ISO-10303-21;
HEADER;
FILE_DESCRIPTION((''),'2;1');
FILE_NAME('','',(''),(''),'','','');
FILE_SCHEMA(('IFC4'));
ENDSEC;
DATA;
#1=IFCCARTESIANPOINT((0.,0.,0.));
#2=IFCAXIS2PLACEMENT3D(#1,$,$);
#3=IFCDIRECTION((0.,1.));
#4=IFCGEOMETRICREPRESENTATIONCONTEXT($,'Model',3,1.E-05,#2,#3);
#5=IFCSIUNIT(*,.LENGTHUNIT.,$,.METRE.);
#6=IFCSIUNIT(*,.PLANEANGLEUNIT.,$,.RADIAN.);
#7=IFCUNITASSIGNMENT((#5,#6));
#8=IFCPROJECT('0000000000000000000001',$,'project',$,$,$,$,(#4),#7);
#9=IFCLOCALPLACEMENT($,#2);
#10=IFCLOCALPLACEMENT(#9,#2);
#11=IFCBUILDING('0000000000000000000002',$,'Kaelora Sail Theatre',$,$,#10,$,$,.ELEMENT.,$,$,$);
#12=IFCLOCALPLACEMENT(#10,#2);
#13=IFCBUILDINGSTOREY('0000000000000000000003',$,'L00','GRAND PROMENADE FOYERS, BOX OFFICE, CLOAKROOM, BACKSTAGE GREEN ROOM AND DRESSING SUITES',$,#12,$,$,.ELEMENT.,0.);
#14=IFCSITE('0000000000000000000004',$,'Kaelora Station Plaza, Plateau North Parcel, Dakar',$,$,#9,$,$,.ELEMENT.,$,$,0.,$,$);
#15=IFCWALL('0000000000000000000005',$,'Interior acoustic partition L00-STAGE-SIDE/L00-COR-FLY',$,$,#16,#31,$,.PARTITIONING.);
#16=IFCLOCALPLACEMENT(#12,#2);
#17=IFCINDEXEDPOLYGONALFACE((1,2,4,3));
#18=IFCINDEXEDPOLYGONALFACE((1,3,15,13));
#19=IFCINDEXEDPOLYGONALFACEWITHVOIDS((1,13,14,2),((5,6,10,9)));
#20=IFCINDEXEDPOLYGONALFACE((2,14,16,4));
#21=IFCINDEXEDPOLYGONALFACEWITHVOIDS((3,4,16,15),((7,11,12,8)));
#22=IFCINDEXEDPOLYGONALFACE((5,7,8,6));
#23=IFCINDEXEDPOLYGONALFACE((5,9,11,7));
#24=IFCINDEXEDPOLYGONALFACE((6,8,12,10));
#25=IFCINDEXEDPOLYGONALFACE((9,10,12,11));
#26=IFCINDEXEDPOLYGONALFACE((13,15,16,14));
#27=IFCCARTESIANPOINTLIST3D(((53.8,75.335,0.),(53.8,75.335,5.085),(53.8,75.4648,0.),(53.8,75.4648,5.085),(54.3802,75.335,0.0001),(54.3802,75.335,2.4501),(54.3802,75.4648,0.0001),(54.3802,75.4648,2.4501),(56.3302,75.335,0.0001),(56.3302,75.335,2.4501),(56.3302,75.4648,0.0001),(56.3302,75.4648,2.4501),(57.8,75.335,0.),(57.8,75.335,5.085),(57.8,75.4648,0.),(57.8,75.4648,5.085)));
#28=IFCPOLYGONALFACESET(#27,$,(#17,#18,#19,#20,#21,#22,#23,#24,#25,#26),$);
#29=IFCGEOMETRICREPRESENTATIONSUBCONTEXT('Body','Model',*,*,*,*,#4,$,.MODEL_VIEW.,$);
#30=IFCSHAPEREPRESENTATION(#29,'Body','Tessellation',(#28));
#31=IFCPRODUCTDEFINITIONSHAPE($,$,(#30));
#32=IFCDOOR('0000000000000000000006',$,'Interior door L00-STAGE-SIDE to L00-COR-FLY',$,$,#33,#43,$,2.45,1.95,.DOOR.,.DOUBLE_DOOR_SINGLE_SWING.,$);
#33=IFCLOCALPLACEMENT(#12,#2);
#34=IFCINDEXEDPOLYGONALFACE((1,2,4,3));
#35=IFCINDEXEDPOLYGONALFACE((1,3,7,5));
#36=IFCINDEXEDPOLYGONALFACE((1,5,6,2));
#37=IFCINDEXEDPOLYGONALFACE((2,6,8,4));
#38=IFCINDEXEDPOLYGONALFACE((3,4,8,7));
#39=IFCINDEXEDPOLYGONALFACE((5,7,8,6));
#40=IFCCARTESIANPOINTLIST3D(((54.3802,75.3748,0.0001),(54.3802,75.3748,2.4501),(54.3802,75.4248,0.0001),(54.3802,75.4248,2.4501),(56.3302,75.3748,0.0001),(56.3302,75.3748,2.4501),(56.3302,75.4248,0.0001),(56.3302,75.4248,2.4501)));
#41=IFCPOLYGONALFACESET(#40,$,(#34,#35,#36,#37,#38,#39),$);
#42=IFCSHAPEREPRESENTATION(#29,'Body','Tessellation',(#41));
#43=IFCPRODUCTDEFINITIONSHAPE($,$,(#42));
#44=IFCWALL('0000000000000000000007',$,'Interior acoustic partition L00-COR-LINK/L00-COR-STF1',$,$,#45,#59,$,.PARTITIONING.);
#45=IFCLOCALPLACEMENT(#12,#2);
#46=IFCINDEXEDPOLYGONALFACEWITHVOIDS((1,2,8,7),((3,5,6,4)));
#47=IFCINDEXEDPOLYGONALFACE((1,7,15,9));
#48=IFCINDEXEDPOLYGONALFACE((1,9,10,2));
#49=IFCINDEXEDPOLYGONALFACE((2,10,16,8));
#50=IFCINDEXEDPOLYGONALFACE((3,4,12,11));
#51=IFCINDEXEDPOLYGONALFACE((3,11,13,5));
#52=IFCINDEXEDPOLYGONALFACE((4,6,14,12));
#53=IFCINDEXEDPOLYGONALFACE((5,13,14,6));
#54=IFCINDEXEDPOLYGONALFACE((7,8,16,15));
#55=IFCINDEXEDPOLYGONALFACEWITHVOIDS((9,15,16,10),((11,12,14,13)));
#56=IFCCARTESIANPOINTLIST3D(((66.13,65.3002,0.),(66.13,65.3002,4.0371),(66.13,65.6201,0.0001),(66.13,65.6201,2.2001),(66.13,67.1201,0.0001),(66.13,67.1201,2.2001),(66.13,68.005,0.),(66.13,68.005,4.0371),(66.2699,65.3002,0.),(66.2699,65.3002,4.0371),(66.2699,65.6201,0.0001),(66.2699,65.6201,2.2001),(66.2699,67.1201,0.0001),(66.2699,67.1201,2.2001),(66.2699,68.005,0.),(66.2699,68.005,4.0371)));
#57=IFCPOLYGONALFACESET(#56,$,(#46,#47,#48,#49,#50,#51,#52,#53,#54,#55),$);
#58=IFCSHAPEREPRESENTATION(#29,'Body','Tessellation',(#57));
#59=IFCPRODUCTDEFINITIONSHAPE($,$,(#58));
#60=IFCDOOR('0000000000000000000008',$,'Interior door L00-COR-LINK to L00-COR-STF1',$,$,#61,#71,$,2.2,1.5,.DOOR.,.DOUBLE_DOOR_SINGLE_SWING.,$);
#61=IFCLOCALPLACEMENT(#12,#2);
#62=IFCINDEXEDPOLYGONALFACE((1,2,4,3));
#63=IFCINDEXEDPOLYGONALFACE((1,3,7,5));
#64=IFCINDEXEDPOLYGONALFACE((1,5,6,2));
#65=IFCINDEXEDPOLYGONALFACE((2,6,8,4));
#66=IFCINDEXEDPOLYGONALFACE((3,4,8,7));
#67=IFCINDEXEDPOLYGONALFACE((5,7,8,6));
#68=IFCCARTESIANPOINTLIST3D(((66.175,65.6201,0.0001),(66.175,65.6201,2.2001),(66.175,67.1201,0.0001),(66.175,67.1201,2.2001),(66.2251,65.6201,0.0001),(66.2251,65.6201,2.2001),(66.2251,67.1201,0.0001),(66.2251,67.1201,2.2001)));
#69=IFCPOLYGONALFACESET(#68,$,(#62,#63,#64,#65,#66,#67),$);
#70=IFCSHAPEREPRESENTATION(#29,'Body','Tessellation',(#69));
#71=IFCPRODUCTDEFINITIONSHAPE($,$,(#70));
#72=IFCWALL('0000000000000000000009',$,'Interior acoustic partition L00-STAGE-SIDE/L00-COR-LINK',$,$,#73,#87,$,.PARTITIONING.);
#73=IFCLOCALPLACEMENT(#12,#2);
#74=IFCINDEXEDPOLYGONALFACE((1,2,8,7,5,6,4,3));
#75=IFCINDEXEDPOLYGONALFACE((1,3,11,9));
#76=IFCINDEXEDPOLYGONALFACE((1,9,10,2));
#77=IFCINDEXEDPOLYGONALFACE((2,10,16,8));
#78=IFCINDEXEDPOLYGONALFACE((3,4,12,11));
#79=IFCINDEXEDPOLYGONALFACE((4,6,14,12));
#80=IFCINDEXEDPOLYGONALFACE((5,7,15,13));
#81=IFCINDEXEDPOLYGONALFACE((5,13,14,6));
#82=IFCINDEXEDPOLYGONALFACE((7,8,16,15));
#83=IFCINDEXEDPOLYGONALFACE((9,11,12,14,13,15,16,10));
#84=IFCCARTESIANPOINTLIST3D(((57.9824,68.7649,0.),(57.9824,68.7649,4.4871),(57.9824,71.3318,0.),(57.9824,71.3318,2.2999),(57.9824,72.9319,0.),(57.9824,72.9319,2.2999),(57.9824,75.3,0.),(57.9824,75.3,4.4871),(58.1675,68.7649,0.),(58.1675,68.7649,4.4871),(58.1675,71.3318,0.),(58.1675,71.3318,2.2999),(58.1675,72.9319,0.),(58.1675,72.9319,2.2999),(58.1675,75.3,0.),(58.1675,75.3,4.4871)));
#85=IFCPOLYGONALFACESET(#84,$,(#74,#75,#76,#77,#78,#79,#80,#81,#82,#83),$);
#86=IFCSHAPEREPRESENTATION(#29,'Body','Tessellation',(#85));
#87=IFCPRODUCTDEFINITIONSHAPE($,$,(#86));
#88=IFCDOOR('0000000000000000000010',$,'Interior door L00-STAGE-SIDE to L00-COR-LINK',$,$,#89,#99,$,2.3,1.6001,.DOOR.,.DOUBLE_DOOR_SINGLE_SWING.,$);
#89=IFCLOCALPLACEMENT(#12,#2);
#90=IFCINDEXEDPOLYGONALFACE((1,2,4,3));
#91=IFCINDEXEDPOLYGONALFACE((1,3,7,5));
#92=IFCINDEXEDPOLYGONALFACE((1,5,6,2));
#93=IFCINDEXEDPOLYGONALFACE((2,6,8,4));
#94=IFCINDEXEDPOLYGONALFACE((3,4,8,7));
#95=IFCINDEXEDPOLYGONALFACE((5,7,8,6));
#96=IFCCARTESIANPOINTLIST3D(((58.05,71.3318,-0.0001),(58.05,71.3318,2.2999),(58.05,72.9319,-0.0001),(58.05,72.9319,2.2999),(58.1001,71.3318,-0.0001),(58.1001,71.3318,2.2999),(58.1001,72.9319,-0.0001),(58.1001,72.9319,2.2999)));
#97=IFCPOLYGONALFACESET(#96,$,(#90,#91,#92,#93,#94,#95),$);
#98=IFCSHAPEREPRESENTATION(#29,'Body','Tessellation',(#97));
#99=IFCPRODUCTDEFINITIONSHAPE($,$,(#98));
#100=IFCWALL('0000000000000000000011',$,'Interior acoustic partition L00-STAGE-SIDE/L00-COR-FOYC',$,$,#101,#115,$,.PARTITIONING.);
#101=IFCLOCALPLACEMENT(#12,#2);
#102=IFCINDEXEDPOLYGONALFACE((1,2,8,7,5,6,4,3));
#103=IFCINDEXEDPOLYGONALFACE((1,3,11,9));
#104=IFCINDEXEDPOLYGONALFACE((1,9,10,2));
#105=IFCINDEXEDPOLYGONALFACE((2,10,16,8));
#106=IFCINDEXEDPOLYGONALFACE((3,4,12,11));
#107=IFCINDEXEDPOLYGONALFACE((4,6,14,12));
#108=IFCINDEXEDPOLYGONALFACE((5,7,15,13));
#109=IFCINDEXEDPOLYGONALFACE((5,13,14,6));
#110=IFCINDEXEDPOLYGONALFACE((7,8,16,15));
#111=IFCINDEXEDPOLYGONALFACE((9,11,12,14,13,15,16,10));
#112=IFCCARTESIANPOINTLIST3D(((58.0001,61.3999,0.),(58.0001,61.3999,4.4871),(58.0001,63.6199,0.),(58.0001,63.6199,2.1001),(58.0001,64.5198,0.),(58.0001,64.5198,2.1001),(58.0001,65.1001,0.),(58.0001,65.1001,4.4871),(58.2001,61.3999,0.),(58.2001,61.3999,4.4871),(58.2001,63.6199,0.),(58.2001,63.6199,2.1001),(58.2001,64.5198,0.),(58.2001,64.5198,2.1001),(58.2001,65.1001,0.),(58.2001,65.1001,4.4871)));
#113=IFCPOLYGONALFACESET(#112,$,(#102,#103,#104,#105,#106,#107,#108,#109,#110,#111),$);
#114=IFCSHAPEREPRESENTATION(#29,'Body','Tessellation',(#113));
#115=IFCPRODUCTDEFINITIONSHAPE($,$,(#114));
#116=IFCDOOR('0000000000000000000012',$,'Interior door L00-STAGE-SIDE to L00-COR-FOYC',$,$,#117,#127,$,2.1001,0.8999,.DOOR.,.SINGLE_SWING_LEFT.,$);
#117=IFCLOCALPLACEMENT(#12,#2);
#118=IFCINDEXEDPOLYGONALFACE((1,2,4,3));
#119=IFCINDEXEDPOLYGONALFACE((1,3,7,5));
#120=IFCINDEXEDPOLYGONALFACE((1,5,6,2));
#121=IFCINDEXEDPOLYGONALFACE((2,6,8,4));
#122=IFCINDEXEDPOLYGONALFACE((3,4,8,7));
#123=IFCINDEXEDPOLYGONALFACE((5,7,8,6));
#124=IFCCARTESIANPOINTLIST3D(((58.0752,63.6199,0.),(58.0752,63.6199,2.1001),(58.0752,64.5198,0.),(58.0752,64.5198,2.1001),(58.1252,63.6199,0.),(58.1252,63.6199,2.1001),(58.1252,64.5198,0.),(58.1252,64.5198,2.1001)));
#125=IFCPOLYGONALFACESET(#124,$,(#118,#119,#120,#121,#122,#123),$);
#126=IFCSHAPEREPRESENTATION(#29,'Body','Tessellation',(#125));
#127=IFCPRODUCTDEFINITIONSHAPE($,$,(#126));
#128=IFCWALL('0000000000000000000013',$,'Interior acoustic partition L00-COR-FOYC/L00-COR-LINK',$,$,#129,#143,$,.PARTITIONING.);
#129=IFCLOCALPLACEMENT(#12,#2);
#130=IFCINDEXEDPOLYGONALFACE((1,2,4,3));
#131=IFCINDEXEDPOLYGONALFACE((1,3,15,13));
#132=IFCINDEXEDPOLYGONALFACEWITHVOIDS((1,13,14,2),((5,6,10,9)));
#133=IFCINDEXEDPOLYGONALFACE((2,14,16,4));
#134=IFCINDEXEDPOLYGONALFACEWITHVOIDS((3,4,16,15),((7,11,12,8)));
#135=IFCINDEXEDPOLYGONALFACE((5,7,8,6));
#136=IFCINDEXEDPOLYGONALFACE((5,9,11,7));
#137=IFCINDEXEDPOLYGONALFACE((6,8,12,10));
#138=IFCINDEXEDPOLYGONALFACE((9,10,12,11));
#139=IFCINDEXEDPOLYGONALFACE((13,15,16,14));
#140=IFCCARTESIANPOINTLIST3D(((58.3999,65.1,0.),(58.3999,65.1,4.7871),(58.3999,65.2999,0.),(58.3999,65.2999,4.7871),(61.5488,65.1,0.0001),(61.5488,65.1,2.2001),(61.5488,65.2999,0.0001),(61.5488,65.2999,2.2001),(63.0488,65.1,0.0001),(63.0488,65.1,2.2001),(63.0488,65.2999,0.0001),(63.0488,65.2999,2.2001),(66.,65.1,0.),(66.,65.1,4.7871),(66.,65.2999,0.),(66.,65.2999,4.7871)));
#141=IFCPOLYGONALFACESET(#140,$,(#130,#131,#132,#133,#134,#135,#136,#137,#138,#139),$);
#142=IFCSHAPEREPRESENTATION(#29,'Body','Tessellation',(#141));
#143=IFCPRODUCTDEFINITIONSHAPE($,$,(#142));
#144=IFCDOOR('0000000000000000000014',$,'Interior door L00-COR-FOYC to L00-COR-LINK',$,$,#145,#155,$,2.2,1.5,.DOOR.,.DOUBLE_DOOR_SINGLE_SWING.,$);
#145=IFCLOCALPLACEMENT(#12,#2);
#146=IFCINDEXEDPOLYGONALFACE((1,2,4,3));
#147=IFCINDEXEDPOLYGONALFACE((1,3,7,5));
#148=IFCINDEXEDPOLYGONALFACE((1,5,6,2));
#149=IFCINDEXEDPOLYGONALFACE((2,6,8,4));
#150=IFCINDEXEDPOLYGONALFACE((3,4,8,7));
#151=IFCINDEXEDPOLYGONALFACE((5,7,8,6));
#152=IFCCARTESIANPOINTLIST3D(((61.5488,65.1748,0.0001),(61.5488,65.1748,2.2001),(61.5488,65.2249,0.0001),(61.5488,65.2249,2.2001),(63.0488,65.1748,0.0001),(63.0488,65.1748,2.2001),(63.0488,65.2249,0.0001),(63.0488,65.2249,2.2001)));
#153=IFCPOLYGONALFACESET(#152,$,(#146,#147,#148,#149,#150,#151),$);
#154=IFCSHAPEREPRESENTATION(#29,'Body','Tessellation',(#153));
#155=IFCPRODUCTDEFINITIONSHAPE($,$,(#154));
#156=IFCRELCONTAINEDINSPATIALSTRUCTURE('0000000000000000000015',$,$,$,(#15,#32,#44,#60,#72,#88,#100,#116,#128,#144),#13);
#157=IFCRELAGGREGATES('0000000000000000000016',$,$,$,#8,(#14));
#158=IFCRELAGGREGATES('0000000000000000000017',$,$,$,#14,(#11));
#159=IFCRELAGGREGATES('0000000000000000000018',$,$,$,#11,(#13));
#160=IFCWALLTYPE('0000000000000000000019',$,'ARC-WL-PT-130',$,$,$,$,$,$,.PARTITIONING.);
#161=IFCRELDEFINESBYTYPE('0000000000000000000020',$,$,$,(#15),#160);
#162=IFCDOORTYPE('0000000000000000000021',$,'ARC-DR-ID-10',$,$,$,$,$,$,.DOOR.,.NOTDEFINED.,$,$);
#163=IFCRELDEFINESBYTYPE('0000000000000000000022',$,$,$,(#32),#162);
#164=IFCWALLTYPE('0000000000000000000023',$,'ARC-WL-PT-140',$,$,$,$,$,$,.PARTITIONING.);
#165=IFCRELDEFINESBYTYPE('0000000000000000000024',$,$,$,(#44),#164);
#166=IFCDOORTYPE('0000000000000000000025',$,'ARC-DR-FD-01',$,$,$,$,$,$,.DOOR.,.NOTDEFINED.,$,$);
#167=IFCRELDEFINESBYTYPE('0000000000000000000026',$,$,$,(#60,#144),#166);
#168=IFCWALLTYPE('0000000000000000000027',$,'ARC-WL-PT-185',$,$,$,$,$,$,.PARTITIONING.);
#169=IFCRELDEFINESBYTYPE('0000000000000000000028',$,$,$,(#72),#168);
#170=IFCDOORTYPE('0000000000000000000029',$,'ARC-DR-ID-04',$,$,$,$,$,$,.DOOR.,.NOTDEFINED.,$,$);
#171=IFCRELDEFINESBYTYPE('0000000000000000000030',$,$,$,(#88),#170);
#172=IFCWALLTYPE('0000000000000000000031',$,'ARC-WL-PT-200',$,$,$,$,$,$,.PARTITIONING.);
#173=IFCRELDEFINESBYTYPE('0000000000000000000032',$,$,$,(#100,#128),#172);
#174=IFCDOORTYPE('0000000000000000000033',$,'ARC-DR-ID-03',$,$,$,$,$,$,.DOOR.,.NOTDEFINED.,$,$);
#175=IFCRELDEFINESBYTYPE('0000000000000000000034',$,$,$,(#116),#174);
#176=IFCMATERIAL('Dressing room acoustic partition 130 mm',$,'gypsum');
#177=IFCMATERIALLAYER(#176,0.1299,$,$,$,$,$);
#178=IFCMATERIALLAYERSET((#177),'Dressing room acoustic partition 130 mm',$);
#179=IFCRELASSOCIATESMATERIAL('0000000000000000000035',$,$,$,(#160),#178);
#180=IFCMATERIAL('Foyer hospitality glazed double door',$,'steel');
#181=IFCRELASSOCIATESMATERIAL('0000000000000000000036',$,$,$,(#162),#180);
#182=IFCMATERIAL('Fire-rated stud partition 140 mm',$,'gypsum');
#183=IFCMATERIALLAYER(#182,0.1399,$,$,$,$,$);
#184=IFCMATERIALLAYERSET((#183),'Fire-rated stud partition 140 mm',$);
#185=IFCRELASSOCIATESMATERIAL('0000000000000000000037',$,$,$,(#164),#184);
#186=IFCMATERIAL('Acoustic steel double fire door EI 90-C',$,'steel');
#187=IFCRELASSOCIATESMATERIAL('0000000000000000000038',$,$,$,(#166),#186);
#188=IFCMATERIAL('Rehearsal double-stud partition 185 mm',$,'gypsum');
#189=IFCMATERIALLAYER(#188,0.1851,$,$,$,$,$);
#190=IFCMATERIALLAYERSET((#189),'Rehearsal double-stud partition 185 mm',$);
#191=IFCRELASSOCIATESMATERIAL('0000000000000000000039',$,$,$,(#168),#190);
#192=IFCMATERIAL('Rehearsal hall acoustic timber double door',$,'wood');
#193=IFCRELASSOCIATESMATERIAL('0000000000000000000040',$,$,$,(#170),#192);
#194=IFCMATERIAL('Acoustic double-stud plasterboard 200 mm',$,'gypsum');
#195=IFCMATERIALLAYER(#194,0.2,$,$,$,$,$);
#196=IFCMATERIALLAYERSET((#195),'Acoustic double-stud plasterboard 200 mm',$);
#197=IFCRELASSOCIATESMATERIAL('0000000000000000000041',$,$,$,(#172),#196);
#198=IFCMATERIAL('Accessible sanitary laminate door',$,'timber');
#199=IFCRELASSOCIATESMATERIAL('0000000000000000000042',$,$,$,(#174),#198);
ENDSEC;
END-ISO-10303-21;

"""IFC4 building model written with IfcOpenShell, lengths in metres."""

from ifc_helpers import new_model, si_unit, direction, frame, frame_2d, origin, place, context, subcontext, project, spatial, rectangle, extrude, material, layer, layer_set, type_object, element, fill, save


model = new_model("IFC4")

# Units and contexts
model_context = context("Model", 3, precision=1e-05, world=origin(), true_north=direction((0.0, 1.0)))
body_context = subcontext(model_context, "Body", "Model", "MODEL_VIEW")
ifc_project = project(units=[si_unit("LENGTHUNIT", "METRE"), si_unit("PLANEANGLEUNIT", "RADIAN")], contexts=[model_context])

# Site, building, storey
site_placement = place(None, origin())
site = spatial("IfcSite", under=ifc_project, at=site_placement, Name="Kaelora Station Plaza, Plateau North Parcel, Dakar", CompositionType="ELEMENT", RefElevation=0.0)
building_placement = place(site_placement, origin())
building = spatial("IfcBuilding", under=site, at=building_placement, Name="Kaelora Sail Theatre", CompositionType="ELEMENT")
storey_placement = place(building_placement, origin())
storey = spatial("IfcBuildingStorey", under=building, at=storey_placement, Name="L00", Description="GRAND PROMENADE FOYERS, BOX OFFICE, CLOAKROOM, BACKSTAGE GREEN ROOM AND DRESSING SUITES", CompositionType="ELEMENT", Elevation=0.0)

# Walls, openings, doors
ifc_material_1 = material(Name="Dressing room acoustic partition 130 mm", Category="gypsum")
ifc_layer_1 = layer(ifc_material_1, 0.1299)
ifc_layer_set_1 = layer_set([ifc_layer_1], Name="Dressing room acoustic partition 130 mm")
wall_type_1 = type_object("IfcWallType", Name="ARC-WL-PT-130", PredefinedType="PARTITIONING", material=ifc_layer_set_1)
wall_1_placement = place(storey_placement, frame((53.8, 75.3999, 0.0), z_axis=(0.0, 0.0, 1.0), x_axis=(1.0, 0.0, 0.0)))
wall_1 = element("IfcWall", 1, at=wall_1_placement, inside=storey, type_object=wall_type_1, Name="Interior acoustic partition L00-STAGE-SIDE/L00-COR-FLY", PredefinedType="PARTITIONING", context=body_context, shape_type="SweptSolid", body=[
    extrude(rectangle(XDim=4.0, YDim=0.1299, at=frame_2d((2.0, 0.0))), origin(), (0.0, 0.0, 1.0), 5.085),
])
opening_1_placement = place(wall_1_placement, frame((0.5801, 0.0, 0.0)))
opening_1 = element("IfcOpeningElement", 2, at=opening_1_placement, cuts=wall_1, PredefinedType="OPENING", context=body_context, shape_type="SweptSolid", body=[
    extrude(rectangle(XDim=1.95, YDim=2.45, at=frame_2d((0.9751, 1.2251))), frame((0.0, 0.0749, 0.0), z_axis=(0.0, -1.0, 0.0), x_axis=(1.0, 0.0, 0.0)), (0.0, 0.0, 1.0), 0.1499),
])
ifc_material_2 = material(Name="Foyer hospitality glazed double door", Category="steel")
door_type_1 = type_object("IfcDoorType", Name="ARC-DR-ID-10", OperationType="NOTDEFINED", PredefinedType="DOOR", material=ifc_material_2)
door_1_placement = place(opening_1_placement, origin())
door_1 = element("IfcDoor", 3, at=door_1_placement, inside=storey, type_object=door_type_1, Name="Interior door L00-STAGE-SIDE to L00-COR-FLY", OperationType="DOUBLE_DOOR_SINGLE_SWING", OverallHeight=2.45, OverallWidth=1.95, PredefinedType="DOOR", context=body_context, shape_type="SweptSolid", body=[
    extrude(rectangle(XDim=1.95, YDim=2.45, at=frame_2d((0.9751, 1.2251))), frame((0.0, 0.0249, 0.0), z_axis=(0.0, -1.0, 0.0), x_axis=(1.0, 0.0, 0.0)), (0.0, 0.0, 1.0), 0.05),
])
fill(opening_1, door_1)
ifc_material_3 = material(Name="Fire-rated stud partition 140 mm", Category="gypsum")
ifc_layer_2 = layer(ifc_material_3, 0.1399)
ifc_layer_set_2 = layer_set([ifc_layer_2], Name="Fire-rated stud partition 140 mm")
wall_type_2 = type_object("IfcWallType", Name="ARC-WL-PT-140", PredefinedType="PARTITIONING", material=ifc_layer_set_2)
wall_2_placement = place(storey_placement, frame((66.2, 65.3, 0.0), z_axis=(0.0, 0.0, 1.0), x_axis=(0.0, 1.0, 0.0)))
wall_2 = element("IfcWall", 4, at=wall_2_placement, inside=storey, type_object=wall_type_2, Name="Interior acoustic partition L00-COR-LINK/L00-COR-STF1", PredefinedType="PARTITIONING", context=body_context, shape_type="SweptSolid", body=[
    extrude(rectangle(XDim=2.7048, YDim=0.1399, at=frame_2d((1.3525, 0.0))), origin(), (0.0, 0.0, 1.0), 4.0371),
])
opening_2_placement = place(wall_2_placement, frame((0.3201, 0.0, 0.0)))
opening_2 = element("IfcOpeningElement", 5, at=opening_2_placement, cuts=wall_2, PredefinedType="OPENING", context=body_context, shape_type="SweptSolid", body=[
    extrude(rectangle(XDim=1.5, YDim=2.2, at=frame_2d((0.75, 1.1001))), frame((0.0, 0.0798, 0.0), z_axis=(0.0, -1.0, 0.0), x_axis=(1.0, 0.0, 0.0)), (0.0, 0.0, 1.0), 0.1599),
])
ifc_material_4 = material(Name="Acoustic steel double fire door EI 90-C", Category="steel")
door_type_2 = type_object("IfcDoorType", Name="ARC-DR-FD-01", OperationType="NOTDEFINED", PredefinedType="DOOR", material=ifc_material_4)
door_2_placement = place(opening_2_placement, origin())
door_2 = element("IfcDoor", 6, at=door_2_placement, inside=storey, type_object=door_type_2, Name="Interior door L00-COR-LINK to L00-COR-STF1", OperationType="DOUBLE_DOOR_SINGLE_SWING", OverallHeight=2.2, OverallWidth=1.5, PredefinedType="DOOR", context=body_context, shape_type="SweptSolid", body=[
    extrude(rectangle(XDim=1.5, YDim=2.2, at=frame_2d((0.75, 1.1001))), frame((0.0, 0.0249, 0.0), z_axis=(0.0, -1.0, 0.0), x_axis=(1.0, 0.0, 0.0)), (0.0, 0.0, 1.0), 0.05),
])
fill(opening_2, door_2)
ifc_material_5 = material(Name="Rehearsal double-stud partition 185 mm", Category="gypsum")
ifc_layer_3 = layer(ifc_material_5, 0.1851)
ifc_layer_set_3 = layer_set([ifc_layer_3], Name="Rehearsal double-stud partition 185 mm")
wall_type_3 = type_object("IfcWallType", Name="ARC-WL-PT-185", PredefinedType="PARTITIONING", material=ifc_layer_set_3)
wall_3_placement = place(storey_placement, frame((58.075, 68.7649, 0.0), z_axis=(0.0, 0.0, 1.0), x_axis=(0.0, 1.0, 0.0)))
wall_3 = element("IfcWall", 7, at=wall_3_placement, inside=storey, type_object=wall_type_3, Name="Interior acoustic partition L00-STAGE-SIDE/L00-COR-LINK", PredefinedType="PARTITIONING", context=body_context, shape_type="SweptSolid", body=[
    extrude(rectangle(XDim=6.5352, YDim=0.1851, at=frame_2d((3.2676, 0.0))), origin(), (0.0, 0.0, 1.0), 4.4871),
])
opening_3_placement = place(wall_3_placement, frame((2.5669, 0.0, 0.0)))
opening_3 = element("IfcOpeningElement", 8, at=opening_3_placement, cuts=wall_3, PredefinedType="OPENING", context=body_context, shape_type="SweptSolid", body=[
    extrude(rectangle(XDim=1.6001, YDim=2.3, at=frame_2d((0.8, 1.1499))), frame((0.0, 0.1025, 0.0), z_axis=(0.0, -1.0, 0.0), x_axis=(1.0, 0.0, 0.0)), (0.0, 0.0, 1.0), 0.2051),
])
ifc_material_6 = material(Name="Rehearsal hall acoustic timber double door", Category="wood")
door_type_3 = type_object("IfcDoorType", Name="ARC-DR-ID-04", OperationType="NOTDEFINED", PredefinedType="DOOR", material=ifc_material_6)
door_3_placement = place(opening_3_placement, origin())
door_3 = element("IfcDoor", 9, at=door_3_placement, inside=storey, type_object=door_type_3, Name="Interior door L00-STAGE-SIDE to L00-COR-LINK", OperationType="DOUBLE_DOOR_SINGLE_SWING", OverallHeight=2.3, OverallWidth=1.6001, PredefinedType="DOOR", context=body_context, shape_type="SweptSolid", body=[
    extrude(rectangle(XDim=1.6001, YDim=2.3, at=frame_2d((0.8, 1.1499))), frame((0.0, 0.0249, 0.0), z_axis=(0.0, -1.0, 0.0), x_axis=(1.0, 0.0, 0.0)), (0.0, 0.0, 1.0), 0.05),
])
fill(opening_3, door_3)
ifc_material_7 = material(Name="Acoustic double-stud plasterboard 200 mm", Category="gypsum")
ifc_layer_4 = layer(ifc_material_7, 0.2)
ifc_layer_set_4 = layer_set([ifc_layer_4], Name="Acoustic double-stud plasterboard 200 mm")
wall_type_4 = type_object("IfcWallType", Name="ARC-WL-PT-200", PredefinedType="PARTITIONING", material=ifc_layer_set_4)
wall_4_placement = place(storey_placement, frame((58.1001, 61.3999, 0.0), z_axis=(0.0, 0.0, 1.0), x_axis=(0.0, 1.0, 0.0)))
wall_4 = element("IfcWall", 10, at=wall_4_placement, inside=storey, type_object=wall_type_4, Name="Interior acoustic partition L00-STAGE-SIDE/L00-COR-FOYC", PredefinedType="PARTITIONING", context=body_context, shape_type="SweptSolid", body=[
    extrude(rectangle(XDim=3.7002, YDim=0.2, at=frame_2d((1.8501, 0.0))), origin(), (0.0, 0.0, 1.0), 4.4871),
])
opening_4_placement = place(wall_4_placement, frame((2.22, 0.0, 0.0)))
opening_4 = element("IfcOpeningElement", 11, at=opening_4_placement, cuts=wall_4, PredefinedType="OPENING", context=body_context, shape_type="SweptSolid", body=[
    extrude(rectangle(XDim=0.8999, YDim=2.1001, at=frame_2d((0.45, 1.05))), frame((0.0, 0.1101, 0.0), z_axis=(0.0, -1.0, 0.0), x_axis=(1.0, 0.0, 0.0)), (0.0, 0.0, 1.0), 0.22),
])
ifc_material_8 = material(Name="Accessible sanitary laminate door", Category="timber")
door_type_4 = type_object("IfcDoorType", Name="ARC-DR-ID-03", OperationType="NOTDEFINED", PredefinedType="DOOR", material=ifc_material_8)
door_4_placement = place(opening_4_placement, origin())
door_4 = element("IfcDoor", 12, at=door_4_placement, inside=storey, type_object=door_type_4, Name="Interior door L00-STAGE-SIDE to L00-COR-FOYC", OperationType="SINGLE_SWING_LEFT", OverallHeight=2.1001, OverallWidth=0.8999, PredefinedType="DOOR", context=body_context, shape_type="SweptSolid", body=[
    extrude(rectangle(XDim=0.8999, YDim=2.1001, at=frame_2d((0.45, 1.05))), frame((0.0, 0.0249, 0.0), z_axis=(0.0, -1.0, 0.0), x_axis=(1.0, 0.0, 0.0)), (0.0, 0.0, 1.0), 0.05),
])
fill(opening_4, door_4)
wall_5_placement = place(storey_placement, frame((58.3999, 65.2, 0.0), z_axis=(0.0, 0.0, 1.0), x_axis=(1.0, 0.0, 0.0)))
wall_5 = element("IfcWall", 13, at=wall_5_placement, inside=storey, type_object=wall_type_4, Name="Interior acoustic partition L00-COR-FOYC/L00-COR-LINK", PredefinedType="PARTITIONING", context=body_context, shape_type="SweptSolid", body=[
    extrude(rectangle(XDim=7.6001, YDim=0.2, at=frame_2d((3.8, 0.0))), origin(), (0.0, 0.0, 1.0), 4.7871),
])
opening_5_placement = place(wall_5_placement, frame((3.1489, 0.0, 0.0)))
opening_5 = element("IfcOpeningElement", 14, at=opening_5_placement, cuts=wall_5, PredefinedType="OPENING", context=body_context, shape_type="SweptSolid", body=[
    extrude(rectangle(XDim=1.5, YDim=2.2, at=frame_2d((0.75, 1.1001))), frame((0.0, 0.1101, 0.0), z_axis=(0.0, -1.0, 0.0), x_axis=(1.0, 0.0, 0.0)), (0.0, 0.0, 1.0), 0.22),
])
door_5_placement = place(opening_5_placement, origin())
door_5 = element("IfcDoor", 15, at=door_5_placement, inside=storey, type_object=door_type_2, Name="Interior door L00-COR-FOYC to L00-COR-LINK", OperationType="DOUBLE_DOOR_SINGLE_SWING", OverallHeight=2.2, OverallWidth=1.5, PredefinedType="DOOR", context=body_context, shape_type="SweptSolid", body=[
    extrude(rectangle(XDim=1.5, YDim=2.2, at=frame_2d((0.75, 1.1001))), frame((0.0, 0.0249, 0.0), z_axis=(0.0, -1.0, 0.0), x_axis=(1.0, 0.0, 0.0)), (0.0, 0.0, 1.0), 0.05),
])
fill(opening_5, door_5)

save(model, "model.ifc")
